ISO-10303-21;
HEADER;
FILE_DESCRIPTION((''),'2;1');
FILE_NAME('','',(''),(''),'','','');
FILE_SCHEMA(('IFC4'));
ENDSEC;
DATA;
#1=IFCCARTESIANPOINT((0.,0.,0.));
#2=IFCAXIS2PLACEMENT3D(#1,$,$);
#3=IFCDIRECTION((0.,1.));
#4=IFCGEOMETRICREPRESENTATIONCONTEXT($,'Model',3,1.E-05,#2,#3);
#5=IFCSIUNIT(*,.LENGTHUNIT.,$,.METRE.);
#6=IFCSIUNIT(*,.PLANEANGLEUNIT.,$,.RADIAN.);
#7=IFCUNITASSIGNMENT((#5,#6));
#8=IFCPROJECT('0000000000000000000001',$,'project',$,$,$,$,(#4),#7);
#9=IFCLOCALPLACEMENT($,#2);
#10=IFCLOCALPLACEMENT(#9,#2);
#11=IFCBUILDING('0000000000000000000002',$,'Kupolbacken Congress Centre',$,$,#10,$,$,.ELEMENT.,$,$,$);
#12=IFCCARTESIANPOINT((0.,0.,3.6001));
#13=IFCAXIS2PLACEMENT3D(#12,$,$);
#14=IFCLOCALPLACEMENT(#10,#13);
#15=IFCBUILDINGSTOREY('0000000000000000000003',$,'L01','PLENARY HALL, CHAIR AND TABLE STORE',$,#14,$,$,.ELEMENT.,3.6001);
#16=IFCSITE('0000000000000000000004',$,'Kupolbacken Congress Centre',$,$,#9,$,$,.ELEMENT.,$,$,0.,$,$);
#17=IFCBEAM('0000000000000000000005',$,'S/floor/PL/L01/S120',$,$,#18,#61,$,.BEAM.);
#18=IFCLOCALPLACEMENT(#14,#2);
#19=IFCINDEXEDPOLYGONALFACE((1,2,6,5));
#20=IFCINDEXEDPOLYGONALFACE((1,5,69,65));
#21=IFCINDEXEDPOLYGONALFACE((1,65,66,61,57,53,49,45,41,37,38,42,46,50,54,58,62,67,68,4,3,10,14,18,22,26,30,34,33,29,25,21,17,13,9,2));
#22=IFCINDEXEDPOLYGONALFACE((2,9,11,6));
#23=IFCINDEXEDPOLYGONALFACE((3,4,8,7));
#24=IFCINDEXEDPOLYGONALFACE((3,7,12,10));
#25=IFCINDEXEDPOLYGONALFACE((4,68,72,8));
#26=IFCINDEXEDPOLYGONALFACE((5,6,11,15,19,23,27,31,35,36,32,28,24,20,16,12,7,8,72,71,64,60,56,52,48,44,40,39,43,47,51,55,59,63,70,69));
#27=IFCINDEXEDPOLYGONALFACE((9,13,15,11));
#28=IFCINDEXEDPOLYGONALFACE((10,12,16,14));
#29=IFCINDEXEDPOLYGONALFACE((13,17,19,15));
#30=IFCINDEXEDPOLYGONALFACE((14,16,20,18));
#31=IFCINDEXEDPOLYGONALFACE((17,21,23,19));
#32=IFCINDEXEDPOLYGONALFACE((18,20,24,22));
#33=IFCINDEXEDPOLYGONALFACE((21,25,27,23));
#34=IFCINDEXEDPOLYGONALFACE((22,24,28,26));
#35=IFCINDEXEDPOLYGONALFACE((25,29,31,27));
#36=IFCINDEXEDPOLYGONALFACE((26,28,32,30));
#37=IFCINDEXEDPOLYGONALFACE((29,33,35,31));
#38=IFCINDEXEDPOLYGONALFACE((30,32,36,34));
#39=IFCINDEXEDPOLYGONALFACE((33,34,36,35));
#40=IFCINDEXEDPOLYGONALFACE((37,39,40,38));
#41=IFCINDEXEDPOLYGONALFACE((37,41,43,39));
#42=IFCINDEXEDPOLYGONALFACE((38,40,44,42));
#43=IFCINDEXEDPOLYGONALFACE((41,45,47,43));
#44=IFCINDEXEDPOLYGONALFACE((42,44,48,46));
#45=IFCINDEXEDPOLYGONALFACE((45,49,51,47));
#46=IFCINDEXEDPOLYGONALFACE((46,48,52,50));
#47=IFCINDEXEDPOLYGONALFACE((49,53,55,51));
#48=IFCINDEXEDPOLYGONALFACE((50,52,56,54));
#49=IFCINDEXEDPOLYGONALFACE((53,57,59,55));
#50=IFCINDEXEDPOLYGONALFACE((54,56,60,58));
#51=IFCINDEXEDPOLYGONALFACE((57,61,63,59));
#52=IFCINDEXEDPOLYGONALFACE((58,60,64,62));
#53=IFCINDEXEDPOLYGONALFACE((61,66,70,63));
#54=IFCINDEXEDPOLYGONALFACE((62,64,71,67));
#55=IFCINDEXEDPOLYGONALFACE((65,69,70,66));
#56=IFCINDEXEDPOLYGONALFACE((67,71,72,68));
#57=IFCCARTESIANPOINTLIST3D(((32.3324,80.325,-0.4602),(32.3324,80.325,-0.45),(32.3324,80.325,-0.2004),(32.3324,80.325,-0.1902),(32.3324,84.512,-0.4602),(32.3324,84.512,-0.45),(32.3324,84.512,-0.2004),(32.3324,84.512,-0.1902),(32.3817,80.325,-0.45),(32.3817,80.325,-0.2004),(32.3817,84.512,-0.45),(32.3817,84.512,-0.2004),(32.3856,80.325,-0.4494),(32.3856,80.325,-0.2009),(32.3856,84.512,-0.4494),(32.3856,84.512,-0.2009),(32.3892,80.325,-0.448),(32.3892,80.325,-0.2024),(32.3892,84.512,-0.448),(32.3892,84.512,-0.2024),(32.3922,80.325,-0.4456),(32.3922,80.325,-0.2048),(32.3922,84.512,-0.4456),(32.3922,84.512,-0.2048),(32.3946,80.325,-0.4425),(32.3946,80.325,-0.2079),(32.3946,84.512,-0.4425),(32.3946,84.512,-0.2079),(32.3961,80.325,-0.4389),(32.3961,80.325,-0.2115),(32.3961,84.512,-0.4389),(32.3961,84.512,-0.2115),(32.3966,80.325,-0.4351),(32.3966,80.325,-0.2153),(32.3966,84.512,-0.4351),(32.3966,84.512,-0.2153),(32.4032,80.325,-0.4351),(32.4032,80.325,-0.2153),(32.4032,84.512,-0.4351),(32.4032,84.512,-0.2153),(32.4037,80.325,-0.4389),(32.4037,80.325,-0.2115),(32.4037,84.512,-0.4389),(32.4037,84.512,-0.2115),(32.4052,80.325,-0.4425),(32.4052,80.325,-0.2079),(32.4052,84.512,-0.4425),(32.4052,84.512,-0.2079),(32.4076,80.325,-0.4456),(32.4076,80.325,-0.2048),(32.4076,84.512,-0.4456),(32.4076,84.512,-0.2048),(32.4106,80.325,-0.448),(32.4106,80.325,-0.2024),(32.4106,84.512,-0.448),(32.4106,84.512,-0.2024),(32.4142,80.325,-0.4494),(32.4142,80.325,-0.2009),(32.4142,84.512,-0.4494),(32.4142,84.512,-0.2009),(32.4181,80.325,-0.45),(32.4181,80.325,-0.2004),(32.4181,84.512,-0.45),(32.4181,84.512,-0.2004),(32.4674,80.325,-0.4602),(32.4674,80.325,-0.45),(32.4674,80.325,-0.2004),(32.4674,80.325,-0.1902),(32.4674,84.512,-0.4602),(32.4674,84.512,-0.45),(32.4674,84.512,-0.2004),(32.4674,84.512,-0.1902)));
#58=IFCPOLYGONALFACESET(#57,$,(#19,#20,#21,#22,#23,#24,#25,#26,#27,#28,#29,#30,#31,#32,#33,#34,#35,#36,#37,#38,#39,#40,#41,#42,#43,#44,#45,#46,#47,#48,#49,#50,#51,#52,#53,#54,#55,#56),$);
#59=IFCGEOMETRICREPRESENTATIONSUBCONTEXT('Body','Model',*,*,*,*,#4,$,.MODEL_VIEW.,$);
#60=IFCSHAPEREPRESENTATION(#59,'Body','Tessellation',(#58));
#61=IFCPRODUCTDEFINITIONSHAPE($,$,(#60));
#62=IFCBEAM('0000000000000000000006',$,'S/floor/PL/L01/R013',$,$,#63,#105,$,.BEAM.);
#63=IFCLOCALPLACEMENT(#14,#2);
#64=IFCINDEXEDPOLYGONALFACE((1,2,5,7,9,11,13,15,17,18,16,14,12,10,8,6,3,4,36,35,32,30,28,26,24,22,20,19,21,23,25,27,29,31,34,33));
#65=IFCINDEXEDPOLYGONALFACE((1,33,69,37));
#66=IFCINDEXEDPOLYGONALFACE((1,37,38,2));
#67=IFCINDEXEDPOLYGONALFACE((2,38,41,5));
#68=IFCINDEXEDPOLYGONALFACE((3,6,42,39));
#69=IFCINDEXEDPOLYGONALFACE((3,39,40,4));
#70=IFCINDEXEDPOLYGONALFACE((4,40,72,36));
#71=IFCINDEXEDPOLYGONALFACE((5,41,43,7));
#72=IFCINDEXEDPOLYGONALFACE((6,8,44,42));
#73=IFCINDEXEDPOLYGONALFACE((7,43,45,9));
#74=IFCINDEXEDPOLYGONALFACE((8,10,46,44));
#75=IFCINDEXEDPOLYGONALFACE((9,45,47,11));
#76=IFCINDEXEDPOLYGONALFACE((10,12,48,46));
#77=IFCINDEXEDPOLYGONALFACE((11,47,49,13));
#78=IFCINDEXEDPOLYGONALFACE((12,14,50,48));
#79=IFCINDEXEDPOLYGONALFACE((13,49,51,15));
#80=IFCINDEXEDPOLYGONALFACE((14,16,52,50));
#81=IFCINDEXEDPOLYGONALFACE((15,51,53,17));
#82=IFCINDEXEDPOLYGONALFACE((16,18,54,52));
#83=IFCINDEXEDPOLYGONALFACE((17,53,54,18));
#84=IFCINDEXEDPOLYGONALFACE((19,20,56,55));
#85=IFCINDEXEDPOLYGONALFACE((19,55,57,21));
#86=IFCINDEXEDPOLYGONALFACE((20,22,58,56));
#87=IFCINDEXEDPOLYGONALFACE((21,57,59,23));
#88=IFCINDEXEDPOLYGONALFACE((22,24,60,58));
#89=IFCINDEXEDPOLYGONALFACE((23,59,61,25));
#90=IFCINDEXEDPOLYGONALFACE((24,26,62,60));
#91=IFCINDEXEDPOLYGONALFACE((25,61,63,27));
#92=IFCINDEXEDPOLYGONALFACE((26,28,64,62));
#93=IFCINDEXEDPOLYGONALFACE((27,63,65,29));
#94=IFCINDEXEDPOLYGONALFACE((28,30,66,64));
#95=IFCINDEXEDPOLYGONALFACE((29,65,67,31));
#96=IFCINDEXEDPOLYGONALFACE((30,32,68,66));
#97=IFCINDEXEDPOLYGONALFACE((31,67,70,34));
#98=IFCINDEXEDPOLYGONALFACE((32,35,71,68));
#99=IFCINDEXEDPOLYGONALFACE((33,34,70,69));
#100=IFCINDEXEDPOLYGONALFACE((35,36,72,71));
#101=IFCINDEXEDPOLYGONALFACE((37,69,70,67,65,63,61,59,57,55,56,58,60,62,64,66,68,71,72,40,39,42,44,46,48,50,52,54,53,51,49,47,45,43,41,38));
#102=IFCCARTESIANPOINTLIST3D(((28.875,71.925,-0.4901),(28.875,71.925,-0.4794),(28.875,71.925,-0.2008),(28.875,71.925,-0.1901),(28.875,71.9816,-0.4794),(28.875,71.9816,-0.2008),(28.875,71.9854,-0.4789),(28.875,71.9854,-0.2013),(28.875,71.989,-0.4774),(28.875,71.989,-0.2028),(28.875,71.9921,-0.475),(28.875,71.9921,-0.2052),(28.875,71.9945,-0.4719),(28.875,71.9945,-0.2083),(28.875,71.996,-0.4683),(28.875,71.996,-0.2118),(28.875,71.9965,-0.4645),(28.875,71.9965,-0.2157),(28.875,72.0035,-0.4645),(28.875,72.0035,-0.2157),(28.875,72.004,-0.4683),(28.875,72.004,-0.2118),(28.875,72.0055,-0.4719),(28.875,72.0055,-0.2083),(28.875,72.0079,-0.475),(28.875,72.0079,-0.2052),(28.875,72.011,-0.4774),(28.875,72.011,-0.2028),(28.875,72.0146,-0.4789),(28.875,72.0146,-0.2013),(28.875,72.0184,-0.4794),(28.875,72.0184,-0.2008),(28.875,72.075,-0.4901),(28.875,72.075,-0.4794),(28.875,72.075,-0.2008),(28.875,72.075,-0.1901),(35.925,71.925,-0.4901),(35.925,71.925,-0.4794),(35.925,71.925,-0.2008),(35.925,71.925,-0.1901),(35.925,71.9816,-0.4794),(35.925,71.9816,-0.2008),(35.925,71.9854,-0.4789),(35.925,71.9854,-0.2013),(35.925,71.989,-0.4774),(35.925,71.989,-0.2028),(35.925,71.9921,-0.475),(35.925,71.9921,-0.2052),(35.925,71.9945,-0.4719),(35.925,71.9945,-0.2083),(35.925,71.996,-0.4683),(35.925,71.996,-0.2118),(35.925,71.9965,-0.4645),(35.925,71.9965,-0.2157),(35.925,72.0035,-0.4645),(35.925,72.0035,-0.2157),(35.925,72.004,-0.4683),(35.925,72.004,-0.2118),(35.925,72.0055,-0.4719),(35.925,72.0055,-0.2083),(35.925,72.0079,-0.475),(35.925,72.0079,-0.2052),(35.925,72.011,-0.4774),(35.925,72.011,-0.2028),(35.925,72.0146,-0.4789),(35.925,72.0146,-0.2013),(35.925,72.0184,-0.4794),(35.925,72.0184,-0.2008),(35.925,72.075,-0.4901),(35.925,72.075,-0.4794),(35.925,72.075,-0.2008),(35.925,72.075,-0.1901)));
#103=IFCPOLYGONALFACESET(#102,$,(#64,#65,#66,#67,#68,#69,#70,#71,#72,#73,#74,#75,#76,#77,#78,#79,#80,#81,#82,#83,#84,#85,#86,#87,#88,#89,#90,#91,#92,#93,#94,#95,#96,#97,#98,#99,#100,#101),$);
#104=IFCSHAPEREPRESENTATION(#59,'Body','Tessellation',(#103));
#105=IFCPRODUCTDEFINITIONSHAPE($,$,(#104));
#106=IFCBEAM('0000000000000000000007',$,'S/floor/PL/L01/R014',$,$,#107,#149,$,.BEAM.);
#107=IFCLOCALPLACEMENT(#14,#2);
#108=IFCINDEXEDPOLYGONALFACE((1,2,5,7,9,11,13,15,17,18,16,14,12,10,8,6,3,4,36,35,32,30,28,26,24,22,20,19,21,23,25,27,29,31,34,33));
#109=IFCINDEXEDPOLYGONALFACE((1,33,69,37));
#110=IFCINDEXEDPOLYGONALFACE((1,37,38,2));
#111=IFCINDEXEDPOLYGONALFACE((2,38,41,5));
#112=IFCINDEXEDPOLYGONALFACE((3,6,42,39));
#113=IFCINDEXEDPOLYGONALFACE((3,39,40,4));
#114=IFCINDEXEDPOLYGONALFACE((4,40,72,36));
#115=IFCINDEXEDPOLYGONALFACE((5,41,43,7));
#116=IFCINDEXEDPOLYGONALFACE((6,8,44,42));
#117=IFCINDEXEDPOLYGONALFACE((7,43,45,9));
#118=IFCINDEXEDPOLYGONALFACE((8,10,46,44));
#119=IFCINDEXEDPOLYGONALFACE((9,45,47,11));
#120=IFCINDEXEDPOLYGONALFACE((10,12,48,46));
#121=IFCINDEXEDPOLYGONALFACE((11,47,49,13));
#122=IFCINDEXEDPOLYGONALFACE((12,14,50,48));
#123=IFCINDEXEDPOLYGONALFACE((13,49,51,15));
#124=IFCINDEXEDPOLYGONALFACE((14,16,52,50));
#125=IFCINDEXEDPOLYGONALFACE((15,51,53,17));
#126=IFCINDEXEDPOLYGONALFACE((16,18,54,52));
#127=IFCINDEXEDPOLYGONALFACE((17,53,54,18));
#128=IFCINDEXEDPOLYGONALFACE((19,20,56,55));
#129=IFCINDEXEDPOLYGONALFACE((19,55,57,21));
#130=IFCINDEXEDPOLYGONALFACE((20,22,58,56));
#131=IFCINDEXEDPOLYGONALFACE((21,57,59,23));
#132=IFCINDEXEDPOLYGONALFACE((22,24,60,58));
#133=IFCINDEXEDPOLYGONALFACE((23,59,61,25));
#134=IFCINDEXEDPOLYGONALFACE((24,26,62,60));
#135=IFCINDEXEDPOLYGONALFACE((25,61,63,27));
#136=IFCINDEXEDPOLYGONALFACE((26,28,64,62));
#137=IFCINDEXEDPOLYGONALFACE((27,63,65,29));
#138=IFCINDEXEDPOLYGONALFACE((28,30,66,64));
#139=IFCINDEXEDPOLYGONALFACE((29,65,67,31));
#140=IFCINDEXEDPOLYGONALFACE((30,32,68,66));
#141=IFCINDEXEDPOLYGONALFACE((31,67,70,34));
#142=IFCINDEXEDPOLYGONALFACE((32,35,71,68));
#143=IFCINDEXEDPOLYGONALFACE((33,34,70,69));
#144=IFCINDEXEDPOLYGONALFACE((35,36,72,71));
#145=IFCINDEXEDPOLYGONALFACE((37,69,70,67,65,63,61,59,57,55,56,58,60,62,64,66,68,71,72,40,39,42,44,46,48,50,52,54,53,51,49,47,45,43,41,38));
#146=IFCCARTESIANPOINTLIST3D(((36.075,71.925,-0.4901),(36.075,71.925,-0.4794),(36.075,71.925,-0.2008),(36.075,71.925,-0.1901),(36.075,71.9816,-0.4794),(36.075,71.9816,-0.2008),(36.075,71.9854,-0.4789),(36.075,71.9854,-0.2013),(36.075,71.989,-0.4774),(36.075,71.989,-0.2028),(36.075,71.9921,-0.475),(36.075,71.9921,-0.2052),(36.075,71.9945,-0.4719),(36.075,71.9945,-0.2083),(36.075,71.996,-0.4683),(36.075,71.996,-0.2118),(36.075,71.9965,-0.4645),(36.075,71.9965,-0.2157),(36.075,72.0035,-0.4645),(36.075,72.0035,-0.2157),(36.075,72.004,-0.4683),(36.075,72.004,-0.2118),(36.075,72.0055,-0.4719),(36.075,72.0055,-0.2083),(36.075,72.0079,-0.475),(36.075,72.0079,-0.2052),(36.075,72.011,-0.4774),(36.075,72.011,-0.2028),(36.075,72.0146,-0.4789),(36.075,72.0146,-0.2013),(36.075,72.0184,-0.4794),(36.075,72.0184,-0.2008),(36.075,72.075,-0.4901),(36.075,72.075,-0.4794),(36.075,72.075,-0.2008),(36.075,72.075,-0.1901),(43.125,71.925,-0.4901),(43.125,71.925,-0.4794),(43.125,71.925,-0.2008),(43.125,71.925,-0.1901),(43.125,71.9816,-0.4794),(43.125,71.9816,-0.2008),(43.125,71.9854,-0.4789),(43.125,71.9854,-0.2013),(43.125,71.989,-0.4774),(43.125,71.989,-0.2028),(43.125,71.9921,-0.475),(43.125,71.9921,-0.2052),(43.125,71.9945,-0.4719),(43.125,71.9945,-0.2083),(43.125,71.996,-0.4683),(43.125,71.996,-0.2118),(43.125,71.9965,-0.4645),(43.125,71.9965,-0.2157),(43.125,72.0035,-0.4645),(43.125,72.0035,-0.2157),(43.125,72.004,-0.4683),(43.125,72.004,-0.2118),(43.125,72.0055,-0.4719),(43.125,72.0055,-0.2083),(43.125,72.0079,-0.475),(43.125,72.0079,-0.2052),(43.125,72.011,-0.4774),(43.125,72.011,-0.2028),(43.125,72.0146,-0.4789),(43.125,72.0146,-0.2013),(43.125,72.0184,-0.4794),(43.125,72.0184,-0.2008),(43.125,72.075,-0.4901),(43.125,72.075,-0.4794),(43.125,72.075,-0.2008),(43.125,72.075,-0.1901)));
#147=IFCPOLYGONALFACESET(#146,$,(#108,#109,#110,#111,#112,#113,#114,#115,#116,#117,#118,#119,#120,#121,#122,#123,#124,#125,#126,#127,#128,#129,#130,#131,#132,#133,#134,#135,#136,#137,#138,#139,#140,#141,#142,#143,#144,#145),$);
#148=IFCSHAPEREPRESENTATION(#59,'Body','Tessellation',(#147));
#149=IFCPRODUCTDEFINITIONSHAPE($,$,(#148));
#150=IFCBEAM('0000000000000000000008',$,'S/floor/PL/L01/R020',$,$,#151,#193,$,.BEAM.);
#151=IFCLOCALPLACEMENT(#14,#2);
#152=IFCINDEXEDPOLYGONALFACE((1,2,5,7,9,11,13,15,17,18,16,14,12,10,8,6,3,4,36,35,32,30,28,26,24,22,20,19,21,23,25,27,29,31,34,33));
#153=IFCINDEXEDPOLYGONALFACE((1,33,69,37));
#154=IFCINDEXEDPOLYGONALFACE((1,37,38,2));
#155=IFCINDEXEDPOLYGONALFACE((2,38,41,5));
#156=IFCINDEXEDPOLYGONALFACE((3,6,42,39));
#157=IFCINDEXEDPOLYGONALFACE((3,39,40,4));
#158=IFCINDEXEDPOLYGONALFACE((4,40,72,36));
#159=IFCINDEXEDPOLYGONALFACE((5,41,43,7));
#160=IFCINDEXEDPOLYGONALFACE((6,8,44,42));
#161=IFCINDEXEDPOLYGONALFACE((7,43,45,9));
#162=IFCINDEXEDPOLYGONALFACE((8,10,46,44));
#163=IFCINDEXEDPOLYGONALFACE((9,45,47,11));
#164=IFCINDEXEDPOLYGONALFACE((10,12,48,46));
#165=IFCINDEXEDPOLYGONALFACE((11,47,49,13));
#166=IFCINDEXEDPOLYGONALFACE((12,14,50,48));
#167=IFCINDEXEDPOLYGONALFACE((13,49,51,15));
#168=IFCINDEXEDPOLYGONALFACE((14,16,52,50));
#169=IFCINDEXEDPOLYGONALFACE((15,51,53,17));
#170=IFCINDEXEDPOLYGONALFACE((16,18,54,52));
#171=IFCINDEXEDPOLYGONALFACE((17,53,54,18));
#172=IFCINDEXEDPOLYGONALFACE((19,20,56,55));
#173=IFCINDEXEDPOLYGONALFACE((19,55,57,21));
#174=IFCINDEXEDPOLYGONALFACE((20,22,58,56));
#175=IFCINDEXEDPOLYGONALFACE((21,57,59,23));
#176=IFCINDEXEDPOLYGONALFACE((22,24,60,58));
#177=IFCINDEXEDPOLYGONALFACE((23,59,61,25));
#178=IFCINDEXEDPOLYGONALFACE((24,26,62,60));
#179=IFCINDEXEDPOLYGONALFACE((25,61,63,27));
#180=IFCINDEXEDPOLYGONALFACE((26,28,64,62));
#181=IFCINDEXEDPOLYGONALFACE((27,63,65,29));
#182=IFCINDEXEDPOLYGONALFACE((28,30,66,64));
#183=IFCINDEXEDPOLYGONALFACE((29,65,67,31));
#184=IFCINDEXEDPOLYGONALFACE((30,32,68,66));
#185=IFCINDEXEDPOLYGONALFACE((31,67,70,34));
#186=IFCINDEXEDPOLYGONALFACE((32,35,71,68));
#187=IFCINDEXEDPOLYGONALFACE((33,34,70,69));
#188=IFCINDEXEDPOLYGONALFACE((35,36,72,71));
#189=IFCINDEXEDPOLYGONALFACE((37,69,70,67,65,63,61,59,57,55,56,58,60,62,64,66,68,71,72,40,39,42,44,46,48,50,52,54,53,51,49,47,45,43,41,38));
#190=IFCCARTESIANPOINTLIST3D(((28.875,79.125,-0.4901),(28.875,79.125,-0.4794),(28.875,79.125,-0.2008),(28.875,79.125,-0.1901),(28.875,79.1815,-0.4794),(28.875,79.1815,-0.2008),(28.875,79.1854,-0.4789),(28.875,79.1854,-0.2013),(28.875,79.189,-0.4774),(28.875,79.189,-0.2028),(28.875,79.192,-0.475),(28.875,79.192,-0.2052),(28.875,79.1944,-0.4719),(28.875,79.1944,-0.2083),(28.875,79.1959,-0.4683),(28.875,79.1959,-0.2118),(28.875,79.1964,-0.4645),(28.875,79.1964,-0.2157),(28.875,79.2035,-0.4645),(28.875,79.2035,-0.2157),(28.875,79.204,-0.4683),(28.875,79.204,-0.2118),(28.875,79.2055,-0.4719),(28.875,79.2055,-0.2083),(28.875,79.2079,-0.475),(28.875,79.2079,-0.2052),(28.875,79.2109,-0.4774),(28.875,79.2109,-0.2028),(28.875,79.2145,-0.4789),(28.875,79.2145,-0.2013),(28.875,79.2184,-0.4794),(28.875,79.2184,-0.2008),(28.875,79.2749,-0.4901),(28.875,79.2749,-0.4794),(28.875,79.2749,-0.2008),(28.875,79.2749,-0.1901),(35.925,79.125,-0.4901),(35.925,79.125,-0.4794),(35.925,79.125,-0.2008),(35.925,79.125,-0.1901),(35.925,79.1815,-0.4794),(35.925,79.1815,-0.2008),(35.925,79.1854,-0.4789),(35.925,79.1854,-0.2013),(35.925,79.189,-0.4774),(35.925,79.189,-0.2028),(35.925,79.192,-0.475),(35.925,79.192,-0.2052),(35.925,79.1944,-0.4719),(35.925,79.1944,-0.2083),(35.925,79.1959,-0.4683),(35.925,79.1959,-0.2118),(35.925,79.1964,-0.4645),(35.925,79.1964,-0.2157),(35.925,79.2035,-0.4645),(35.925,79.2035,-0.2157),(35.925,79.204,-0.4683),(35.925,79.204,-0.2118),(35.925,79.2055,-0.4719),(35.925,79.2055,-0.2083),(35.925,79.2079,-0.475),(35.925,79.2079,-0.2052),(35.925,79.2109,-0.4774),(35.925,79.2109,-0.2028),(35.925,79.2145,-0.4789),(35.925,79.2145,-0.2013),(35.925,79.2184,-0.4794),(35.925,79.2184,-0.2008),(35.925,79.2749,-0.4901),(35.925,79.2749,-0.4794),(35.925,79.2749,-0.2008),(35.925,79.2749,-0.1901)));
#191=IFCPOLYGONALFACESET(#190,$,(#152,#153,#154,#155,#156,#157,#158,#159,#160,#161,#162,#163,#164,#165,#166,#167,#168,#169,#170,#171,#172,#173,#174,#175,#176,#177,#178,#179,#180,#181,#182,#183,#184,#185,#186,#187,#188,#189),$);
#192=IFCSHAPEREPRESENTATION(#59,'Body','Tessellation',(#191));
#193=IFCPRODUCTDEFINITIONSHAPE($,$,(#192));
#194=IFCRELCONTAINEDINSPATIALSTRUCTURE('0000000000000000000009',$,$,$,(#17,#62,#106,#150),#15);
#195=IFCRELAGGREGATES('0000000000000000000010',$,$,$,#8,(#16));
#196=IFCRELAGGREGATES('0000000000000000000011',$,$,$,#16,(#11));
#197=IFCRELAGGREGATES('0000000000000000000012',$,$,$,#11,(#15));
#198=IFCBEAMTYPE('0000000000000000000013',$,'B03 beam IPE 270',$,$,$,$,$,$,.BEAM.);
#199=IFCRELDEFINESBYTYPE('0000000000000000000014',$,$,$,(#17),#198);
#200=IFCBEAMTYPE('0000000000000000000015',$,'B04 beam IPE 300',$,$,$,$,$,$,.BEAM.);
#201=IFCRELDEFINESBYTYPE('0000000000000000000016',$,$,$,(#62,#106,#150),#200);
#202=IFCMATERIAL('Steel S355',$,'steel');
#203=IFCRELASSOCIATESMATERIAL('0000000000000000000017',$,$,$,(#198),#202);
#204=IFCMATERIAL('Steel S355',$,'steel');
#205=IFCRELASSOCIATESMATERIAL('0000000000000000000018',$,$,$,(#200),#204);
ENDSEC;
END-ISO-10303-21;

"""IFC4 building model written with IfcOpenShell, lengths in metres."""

from ifc_helpers import new_model, si_unit, direction, frame, origin, origin_2d, place, context, subcontext, project, spatial, i_section, extrude, material, material_profile, profile_set, type_object, element, save


model = new_model("IFC4")

# Units and contexts
model_context = context("Model", 3, precision=1e-05, world=origin(), true_north=direction((0.0, 1.0)))
body_context = subcontext(model_context, "Body", "Model", "MODEL_VIEW")
ifc_project = project(units=[si_unit("LENGTHUNIT", "METRE"), si_unit("PLANEANGLEUNIT", "RADIAN")], contexts=[model_context])

# Site, building, storey
site_placement = place(None, origin())
site = spatial("IfcSite", under=ifc_project, at=site_placement, Name="Kupolbacken Congress Centre", CompositionType="ELEMENT", RefElevation=0.0)
building_placement = place(site_placement, origin())
building = spatial("IfcBuilding", under=site, at=building_placement, Name="Kupolbacken Congress Centre", CompositionType="ELEMENT")
storey_placement = place(building_placement, frame((0.0, 0.0, 3.6001)))
storey = spatial("IfcBuildingStorey", under=building, at=storey_placement, Name="L01", Description="PLENARY HALL, CHAIR AND TABLE STORE", CompositionType="ELEMENT", Elevation=3.6001)

# Beams
ifc_material_1 = material(Name="Steel S355", Category="steel")
ifc_material_profile_1 = material_profile(ifc_material_1, i_section(OverallWidth=0.135, OverallDepth=0.27, WebThickness=0.0066, FlangeThickness=0.0103, FilletRadius=0.0149, at=origin_2d()), Name="IPE 270")
ifc_profile_set_1 = profile_set([ifc_material_profile_1], Name="Steel S355")
beam_type_1 = type_object("IfcBeamType", Name="B03 beam IPE 270", PredefinedType="BEAM", material=ifc_profile_set_1)
beam_1_placement = place(storey_placement, frame((32.3999, 80.325, -0.3252), z_axis=(0.0, 1.0, 0.0), x_axis=(-1.0, 0.0, 0.0)))
element("IfcBeam", 1, at=beam_1_placement, inside=storey, type_object=beam_type_1, Name="S/floor/PL/L01/S120", PredefinedType="BEAM", context=body_context, shape_type="SweptSolid", body=[
    extrude(i_section(OverallWidth=0.135, OverallDepth=0.27, WebThickness=0.0066, FlangeThickness=0.0103, FilletRadius=0.0149, at=origin_2d()), origin(), (0.0, 0.0, 1.0), 4.187),
])
ifc_material_2 = material(Name="Steel S355", Category="steel")
ifc_material_profile_2 = material_profile(ifc_material_2, i_section(OverallWidth=0.1499, OverallDepth=0.3, WebThickness=0.0071, FlangeThickness=0.0107, FilletRadius=0.0149, at=origin_2d()), Name="IPE 300")
ifc_profile_set_2 = profile_set([ifc_material_profile_2], Name="Steel S355")
beam_type_2 = type_object("IfcBeamType", Name="B04 beam IPE 300", PredefinedType="BEAM", material=ifc_profile_set_2)
for number, where, z_axis, x_axis, name in (
    (2, (28.875, 72.0, -0.3401), (1.0, 0.0, 0.0), (0.0, 1.0, 0.0), "S/floor/PL/L01/R013"),
    (3, (36.075, 72.0, -0.3401), (1.0, 0.0, 0.0), (0.0, 1.0, 0.0), "S/floor/PL/L01/R014"),
    (4, (28.875, 79.2, -0.3401), (1.0, 0.0, 0.0), (0.0, 1.0, 0.0), "S/floor/PL/L01/R020"),
):
    element("IfcBeam", number, at=place(storey_placement, frame(where, z_axis=z_axis, x_axis=x_axis)), inside=storey, type_object=beam_type_2, Name=name, PredefinedType="BEAM", context=body_context, shape_type="SweptSolid", body=[
        extrude(i_section(OverallWidth=0.1499, OverallDepth=0.3, WebThickness=0.0071, FlangeThickness=0.0107, FilletRadius=0.0149, at=origin_2d()), origin(), (0.0, 0.0, 1.0), 7.05),
    ])

save(model, "model.ifc")
